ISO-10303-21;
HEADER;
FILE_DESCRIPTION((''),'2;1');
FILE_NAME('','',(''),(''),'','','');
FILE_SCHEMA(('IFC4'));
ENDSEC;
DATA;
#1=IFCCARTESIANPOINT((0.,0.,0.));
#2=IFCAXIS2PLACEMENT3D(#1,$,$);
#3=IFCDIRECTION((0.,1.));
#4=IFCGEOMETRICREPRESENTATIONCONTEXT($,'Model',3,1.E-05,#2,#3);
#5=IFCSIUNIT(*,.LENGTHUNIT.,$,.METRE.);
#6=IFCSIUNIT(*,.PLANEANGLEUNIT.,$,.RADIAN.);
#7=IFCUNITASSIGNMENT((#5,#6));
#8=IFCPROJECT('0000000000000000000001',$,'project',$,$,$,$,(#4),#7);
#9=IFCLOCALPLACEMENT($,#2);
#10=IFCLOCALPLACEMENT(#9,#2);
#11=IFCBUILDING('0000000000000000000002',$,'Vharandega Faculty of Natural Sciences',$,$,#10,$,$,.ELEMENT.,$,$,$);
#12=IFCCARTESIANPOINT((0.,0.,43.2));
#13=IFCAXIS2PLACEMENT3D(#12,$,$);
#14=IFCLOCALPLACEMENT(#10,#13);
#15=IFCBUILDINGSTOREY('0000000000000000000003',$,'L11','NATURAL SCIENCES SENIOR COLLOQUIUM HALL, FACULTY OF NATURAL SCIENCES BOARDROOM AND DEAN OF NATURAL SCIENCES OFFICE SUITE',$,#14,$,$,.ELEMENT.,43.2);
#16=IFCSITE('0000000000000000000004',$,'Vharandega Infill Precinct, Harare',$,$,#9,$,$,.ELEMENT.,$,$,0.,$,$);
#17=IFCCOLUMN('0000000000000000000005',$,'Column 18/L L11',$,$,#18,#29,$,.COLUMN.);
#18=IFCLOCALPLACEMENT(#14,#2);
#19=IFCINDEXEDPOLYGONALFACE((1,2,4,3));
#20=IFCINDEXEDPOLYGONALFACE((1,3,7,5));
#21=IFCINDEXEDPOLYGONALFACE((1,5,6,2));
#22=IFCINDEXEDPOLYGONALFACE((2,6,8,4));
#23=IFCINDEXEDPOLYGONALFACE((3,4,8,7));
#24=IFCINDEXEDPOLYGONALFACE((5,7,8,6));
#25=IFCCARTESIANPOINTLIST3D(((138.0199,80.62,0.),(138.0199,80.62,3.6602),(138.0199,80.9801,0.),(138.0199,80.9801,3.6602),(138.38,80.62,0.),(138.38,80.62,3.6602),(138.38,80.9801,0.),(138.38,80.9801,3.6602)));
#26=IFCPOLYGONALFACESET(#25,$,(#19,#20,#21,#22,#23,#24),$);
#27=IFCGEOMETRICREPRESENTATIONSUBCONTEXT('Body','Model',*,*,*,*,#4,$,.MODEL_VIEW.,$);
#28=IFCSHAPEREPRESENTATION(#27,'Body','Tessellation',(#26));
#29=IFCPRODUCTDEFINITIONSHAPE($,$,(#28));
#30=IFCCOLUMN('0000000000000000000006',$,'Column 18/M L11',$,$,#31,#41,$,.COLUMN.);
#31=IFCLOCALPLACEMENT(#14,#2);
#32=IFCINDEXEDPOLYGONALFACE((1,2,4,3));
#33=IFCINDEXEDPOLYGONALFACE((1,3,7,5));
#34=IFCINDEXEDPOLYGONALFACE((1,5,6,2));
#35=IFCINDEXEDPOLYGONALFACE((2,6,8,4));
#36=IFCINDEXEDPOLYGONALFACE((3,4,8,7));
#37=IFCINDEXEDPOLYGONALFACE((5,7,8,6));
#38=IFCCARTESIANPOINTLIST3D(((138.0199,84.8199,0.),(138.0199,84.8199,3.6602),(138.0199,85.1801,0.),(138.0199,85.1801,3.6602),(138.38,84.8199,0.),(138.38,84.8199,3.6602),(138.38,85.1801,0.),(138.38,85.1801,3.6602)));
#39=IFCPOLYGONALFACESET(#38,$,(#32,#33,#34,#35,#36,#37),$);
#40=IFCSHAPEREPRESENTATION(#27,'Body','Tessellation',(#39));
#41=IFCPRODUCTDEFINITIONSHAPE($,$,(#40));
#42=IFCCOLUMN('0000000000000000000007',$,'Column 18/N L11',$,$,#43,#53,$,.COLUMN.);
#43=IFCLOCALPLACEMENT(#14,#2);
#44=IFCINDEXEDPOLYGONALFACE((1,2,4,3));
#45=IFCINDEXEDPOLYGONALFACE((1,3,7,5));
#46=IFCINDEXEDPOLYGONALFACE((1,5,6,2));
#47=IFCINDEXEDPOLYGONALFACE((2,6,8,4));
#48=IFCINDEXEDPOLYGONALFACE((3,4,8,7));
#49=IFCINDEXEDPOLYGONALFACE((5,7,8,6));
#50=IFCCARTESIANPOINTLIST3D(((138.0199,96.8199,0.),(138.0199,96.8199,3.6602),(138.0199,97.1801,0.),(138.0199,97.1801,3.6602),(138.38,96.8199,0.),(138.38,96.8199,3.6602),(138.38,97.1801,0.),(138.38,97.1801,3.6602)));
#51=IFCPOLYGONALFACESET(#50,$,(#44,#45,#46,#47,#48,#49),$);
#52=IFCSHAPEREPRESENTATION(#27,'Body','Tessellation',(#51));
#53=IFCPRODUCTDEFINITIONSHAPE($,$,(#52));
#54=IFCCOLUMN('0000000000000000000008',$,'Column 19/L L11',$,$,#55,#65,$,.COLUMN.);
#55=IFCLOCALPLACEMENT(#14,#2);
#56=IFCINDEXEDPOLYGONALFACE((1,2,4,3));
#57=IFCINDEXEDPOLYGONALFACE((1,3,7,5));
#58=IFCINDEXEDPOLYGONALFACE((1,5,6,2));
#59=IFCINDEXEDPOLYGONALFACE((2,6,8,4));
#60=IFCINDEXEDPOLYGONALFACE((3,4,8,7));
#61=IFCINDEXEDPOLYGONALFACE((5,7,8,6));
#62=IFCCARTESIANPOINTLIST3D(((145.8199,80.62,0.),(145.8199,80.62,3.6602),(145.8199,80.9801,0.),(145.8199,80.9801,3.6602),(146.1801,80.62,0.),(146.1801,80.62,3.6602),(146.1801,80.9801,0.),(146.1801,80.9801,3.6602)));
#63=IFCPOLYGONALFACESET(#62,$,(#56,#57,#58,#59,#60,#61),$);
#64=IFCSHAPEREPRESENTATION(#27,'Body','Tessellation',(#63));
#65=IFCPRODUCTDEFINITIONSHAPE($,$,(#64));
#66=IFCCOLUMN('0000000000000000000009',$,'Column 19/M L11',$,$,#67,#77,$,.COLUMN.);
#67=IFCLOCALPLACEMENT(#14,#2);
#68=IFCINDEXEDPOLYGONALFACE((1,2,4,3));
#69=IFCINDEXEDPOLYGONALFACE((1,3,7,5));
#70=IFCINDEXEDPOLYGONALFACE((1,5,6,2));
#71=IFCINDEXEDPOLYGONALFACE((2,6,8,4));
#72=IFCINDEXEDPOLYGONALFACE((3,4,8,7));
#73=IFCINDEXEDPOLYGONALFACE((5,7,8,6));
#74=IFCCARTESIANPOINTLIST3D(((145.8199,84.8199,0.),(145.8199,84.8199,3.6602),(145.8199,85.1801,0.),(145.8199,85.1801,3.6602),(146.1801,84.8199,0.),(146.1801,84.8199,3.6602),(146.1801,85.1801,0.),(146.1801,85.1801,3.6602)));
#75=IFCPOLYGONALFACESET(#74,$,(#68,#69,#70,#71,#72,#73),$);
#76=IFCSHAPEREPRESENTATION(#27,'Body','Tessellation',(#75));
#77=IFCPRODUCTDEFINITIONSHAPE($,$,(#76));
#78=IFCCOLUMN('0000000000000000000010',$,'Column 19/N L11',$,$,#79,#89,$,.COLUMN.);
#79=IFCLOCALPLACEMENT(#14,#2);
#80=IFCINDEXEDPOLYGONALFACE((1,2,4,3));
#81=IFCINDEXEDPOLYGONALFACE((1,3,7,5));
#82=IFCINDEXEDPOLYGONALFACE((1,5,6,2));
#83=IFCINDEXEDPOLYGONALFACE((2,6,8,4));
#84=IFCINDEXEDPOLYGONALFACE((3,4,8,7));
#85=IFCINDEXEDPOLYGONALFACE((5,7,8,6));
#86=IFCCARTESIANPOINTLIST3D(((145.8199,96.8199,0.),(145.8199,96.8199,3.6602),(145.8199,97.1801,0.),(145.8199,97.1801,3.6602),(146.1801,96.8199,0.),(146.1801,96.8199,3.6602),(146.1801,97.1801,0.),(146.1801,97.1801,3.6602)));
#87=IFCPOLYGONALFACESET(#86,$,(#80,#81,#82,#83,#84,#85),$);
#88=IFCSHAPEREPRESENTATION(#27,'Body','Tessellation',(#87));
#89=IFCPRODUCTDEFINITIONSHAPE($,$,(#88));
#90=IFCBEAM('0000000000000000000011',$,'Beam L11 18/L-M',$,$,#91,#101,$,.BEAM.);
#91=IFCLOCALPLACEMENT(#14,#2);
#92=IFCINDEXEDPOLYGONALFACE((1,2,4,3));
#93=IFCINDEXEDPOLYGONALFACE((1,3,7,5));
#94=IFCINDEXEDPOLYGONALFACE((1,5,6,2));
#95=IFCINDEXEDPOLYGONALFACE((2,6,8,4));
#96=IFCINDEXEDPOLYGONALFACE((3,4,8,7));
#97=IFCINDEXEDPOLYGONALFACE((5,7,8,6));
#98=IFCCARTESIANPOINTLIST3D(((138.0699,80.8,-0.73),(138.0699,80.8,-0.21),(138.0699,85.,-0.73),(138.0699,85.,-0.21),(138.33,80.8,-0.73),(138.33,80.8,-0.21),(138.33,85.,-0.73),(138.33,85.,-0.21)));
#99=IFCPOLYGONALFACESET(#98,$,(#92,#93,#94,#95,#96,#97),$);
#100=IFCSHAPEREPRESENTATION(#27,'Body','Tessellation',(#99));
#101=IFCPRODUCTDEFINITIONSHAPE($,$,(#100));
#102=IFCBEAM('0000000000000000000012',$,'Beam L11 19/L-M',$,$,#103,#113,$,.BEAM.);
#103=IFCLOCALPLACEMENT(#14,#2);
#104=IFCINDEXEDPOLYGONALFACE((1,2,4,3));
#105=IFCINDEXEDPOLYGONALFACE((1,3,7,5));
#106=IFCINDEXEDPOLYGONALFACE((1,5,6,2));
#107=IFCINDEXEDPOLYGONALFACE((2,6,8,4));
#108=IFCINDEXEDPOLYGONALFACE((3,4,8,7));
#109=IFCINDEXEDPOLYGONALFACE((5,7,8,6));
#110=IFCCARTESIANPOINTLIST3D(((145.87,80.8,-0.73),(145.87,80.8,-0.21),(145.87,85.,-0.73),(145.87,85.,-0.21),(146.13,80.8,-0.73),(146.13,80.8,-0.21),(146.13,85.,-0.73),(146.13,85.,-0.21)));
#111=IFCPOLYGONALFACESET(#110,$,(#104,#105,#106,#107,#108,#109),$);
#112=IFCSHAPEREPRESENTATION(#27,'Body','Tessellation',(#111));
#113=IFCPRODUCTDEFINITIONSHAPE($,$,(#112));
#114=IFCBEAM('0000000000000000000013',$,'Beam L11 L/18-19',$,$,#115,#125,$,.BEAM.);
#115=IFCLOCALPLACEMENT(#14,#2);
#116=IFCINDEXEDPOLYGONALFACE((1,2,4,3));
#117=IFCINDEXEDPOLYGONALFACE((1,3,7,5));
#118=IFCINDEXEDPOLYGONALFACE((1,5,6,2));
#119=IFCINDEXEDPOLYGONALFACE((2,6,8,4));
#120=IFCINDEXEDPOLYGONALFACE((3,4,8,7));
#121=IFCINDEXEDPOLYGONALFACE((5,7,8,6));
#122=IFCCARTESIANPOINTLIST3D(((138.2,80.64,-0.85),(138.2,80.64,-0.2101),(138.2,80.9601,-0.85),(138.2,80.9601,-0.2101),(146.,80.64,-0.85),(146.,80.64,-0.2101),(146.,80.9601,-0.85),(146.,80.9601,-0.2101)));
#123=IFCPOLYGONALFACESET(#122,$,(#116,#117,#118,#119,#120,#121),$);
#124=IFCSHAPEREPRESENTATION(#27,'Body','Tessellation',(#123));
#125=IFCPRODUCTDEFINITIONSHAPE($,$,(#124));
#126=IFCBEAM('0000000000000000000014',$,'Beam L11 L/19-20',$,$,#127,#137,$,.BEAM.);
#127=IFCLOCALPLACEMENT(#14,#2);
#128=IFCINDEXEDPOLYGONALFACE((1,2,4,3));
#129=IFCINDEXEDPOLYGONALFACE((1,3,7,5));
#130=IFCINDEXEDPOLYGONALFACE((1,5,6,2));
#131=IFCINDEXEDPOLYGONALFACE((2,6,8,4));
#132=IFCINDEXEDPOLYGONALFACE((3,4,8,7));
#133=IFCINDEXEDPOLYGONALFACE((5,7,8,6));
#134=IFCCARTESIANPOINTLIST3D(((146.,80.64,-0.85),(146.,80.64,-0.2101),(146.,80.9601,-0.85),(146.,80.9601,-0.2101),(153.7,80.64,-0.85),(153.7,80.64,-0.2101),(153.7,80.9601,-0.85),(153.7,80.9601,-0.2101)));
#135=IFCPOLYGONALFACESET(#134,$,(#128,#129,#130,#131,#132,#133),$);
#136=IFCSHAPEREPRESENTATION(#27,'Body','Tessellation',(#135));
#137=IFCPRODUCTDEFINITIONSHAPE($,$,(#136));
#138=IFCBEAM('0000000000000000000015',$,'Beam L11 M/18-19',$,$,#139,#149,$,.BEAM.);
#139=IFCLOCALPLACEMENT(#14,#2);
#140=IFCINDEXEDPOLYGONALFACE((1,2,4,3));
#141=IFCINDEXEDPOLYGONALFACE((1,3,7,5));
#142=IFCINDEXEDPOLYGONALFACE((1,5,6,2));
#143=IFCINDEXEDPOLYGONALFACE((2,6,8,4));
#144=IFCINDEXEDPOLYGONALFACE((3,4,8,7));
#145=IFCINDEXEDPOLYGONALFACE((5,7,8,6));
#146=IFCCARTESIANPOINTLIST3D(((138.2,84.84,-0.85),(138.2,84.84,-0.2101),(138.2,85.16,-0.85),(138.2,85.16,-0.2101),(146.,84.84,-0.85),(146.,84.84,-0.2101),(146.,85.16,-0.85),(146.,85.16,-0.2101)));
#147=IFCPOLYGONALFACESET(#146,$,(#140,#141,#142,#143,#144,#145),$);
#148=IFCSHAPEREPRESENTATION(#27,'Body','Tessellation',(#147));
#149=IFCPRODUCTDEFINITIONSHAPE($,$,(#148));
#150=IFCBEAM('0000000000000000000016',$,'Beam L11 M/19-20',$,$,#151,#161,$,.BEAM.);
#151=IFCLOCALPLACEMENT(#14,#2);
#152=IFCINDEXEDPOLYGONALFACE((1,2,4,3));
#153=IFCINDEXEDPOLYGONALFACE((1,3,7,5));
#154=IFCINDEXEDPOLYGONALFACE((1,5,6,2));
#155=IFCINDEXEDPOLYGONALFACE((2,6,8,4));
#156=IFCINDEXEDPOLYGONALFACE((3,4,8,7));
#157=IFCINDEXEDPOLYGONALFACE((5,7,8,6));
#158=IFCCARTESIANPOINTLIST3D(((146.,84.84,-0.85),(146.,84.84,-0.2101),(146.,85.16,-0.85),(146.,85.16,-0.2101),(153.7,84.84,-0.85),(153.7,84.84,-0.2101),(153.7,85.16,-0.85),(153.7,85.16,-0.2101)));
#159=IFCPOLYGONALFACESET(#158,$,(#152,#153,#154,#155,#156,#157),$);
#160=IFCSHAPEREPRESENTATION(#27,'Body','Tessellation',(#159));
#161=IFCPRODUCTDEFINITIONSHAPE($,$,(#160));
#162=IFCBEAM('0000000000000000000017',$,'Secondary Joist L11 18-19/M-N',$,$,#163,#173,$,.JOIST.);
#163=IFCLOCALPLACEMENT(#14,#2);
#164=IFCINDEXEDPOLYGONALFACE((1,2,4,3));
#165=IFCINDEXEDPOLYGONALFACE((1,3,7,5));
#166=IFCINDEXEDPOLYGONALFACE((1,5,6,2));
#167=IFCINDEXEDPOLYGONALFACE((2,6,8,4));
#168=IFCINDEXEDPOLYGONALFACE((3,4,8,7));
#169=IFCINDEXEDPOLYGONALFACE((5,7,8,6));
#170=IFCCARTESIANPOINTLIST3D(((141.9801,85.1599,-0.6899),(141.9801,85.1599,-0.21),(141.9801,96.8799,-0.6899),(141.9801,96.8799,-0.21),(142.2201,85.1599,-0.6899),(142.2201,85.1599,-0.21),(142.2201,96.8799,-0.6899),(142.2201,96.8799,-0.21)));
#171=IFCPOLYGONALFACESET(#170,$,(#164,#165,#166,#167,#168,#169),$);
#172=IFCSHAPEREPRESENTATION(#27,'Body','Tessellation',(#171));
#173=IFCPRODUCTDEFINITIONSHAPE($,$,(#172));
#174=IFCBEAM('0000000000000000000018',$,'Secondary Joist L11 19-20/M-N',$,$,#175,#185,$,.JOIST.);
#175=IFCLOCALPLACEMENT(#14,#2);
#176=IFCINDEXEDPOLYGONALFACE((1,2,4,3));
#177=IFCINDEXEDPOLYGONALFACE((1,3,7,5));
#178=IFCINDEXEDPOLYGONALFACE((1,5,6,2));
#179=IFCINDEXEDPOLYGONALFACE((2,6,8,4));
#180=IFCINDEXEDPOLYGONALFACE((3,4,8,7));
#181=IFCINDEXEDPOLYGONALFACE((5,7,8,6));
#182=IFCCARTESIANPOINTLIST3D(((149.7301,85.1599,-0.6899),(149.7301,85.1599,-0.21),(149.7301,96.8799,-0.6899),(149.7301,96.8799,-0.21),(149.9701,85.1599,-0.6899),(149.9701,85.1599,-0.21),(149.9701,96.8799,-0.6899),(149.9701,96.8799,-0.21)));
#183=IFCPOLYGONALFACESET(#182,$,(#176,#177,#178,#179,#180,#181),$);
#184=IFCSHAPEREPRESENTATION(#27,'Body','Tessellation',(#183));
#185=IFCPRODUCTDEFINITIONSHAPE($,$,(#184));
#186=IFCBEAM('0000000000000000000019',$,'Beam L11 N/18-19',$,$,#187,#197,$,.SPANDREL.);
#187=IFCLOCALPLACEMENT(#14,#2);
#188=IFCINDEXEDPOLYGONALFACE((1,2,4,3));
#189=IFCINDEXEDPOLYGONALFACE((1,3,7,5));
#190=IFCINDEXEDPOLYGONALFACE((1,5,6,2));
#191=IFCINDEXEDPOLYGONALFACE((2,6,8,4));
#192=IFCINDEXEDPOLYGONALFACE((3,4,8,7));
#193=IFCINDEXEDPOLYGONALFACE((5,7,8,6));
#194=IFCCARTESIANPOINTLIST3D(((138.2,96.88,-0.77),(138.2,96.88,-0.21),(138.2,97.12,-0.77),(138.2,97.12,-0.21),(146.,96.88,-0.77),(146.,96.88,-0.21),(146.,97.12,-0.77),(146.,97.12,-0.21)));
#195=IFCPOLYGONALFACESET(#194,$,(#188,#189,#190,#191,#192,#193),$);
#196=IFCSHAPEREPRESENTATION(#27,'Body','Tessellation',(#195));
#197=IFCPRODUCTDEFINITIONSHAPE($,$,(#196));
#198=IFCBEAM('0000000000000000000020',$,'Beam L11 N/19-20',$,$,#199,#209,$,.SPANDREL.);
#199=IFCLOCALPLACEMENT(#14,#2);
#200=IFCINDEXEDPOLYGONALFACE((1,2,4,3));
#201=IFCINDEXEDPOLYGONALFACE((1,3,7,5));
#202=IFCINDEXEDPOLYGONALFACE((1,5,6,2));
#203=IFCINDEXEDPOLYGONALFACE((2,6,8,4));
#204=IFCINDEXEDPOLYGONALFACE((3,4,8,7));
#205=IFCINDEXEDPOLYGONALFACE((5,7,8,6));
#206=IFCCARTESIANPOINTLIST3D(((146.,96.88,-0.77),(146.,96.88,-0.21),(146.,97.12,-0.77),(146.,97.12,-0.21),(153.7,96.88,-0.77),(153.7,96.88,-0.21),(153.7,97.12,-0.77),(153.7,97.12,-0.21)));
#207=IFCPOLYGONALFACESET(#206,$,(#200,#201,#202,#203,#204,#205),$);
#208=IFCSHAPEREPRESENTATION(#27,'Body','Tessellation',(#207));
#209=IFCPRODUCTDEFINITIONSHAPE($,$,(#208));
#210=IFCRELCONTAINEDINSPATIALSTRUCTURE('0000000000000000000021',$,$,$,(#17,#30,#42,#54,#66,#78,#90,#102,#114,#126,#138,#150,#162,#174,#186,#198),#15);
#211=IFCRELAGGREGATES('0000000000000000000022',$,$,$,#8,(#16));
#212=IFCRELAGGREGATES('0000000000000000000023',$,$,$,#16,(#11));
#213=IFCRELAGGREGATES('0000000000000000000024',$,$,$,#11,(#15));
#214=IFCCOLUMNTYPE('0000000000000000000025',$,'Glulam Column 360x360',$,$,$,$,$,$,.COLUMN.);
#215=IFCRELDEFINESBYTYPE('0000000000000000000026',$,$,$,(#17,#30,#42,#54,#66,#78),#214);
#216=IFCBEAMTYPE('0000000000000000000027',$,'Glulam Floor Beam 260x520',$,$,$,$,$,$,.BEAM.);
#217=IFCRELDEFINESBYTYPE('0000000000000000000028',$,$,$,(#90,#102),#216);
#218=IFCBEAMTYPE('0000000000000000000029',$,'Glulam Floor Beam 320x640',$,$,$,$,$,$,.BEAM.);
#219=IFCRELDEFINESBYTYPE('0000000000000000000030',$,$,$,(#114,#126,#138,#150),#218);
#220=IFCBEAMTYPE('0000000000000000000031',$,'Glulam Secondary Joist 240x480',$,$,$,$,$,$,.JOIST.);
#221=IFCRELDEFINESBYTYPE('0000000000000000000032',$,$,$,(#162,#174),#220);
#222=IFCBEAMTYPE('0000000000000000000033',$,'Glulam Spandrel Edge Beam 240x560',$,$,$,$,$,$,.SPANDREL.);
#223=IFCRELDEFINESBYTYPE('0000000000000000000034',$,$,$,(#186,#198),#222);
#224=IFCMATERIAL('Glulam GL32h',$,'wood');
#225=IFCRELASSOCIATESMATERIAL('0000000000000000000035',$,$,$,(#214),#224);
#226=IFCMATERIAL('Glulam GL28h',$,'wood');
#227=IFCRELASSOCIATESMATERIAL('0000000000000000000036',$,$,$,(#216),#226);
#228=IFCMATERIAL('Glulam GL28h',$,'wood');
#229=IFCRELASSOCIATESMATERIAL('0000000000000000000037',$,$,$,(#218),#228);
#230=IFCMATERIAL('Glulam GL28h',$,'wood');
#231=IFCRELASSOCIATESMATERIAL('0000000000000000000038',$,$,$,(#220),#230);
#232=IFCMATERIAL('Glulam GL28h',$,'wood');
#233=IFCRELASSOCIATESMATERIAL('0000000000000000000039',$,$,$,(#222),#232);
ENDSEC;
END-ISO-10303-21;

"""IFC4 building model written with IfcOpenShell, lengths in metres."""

from ifc_helpers import new_model, si_unit, direction, frame, origin, origin_2d, place, context, subcontext, project, spatial, rectangle, extrude, material, material_profile, profile_set, type_object, element, save


model = new_model("IFC4")

# Units and contexts
model_context = context("Model", 3, precision=1e-05, world=origin(), true_north=direction((0.0, 1.0)))
body_context = subcontext(model_context, "Body", "Model", "MODEL_VIEW")
ifc_project = project(units=[si_unit("LENGTHUNIT", "METRE"), si_unit("PLANEANGLEUNIT", "RADIAN")], contexts=[model_context])

# Site, building, storey
site_placement = place(None, origin())
site = spatial("IfcSite", under=ifc_project, at=site_placement, Name="Vharandega Infill Precinct, Harare", CompositionType="ELEMENT", RefElevation=0.0)
building_placement = place(site_placement, origin())
building = spatial("IfcBuilding", under=site, at=building_placement, Name="Vharandega Faculty of Natural Sciences", CompositionType="ELEMENT")
storey_placement = place(building_placement, frame((0.0, 0.0, 43.2)))
storey = spatial("IfcBuildingStorey", under=building, at=storey_placement, Name="L11", Description="NATURAL SCIENCES SENIOR COLLOQUIUM HALL, FACULTY OF NATURAL SCIENCES BOARDROOM AND DEAN OF NATURAL SCIENCES OFFICE SUITE", CompositionType="ELEMENT", Elevation=43.2)

# Columns
ifc_material_1 = material(Name="Glulam GL32h", Category="wood")
ifc_material_profile_1 = material_profile(ifc_material_1, rectangle(XDim=0.3601, YDim=0.3601, at=origin_2d()), Name="GL32h 360x360")
ifc_profile_set_1 = profile_set([ifc_material_profile_1], Name="Glulam GL32h")
column_type = type_object("IfcColumnType", Name="Glulam Column 360x360", PredefinedType="COLUMN", material=ifc_profile_set_1)
for number, where, z_axis, x_axis, name in (
    (1, (138.2, 80.8, 0.0), (0.0, 0.0, 1.0), (1.0, 0.0, 0.0), "Column 18/L L11"),
    (2, (138.2, 85.0, 0.0), (0.0, 0.0, 1.0), (1.0, 0.0, 0.0), "Column 18/M L11"),
    (3, (138.2, 97.0, 0.0), (0.0, 0.0, 1.0), (1.0, 0.0, 0.0), "Column 18/N L11"),
    (4, (146.0, 80.8, 0.0), (0.0, 0.0, 1.0), (1.0, 0.0, 0.0), "Column 19/L L11"),
    (5, (146.0, 85.0, 0.0), (0.0, 0.0, 1.0), (1.0, 0.0, 0.0), "Column 19/M L11"),
    (6, (146.0, 97.0, 0.0), (0.0, 0.0, 1.0), (1.0, 0.0, 0.0), "Column 19/N L11"),
):
    element("IfcColumn", number, at=place(storey_placement, frame(where, z_axis=z_axis, x_axis=x_axis)), inside=storey, type_object=column_type, Name=name, PredefinedType="COLUMN", context=body_context, shape_type="SweptSolid", body=[
        extrude(rectangle(XDim=0.3601, YDim=0.3601, at=origin_2d()), origin(), (0.0, 0.0, 1.0), 3.6602),
    ])

# Beams
ifc_material_2 = material(Name="Glulam GL28h", Category="wood")
ifc_material_profile_2 = material_profile(ifc_material_2, rectangle(XDim=0.26, YDim=0.52, at=origin_2d()), Name="GL28h 260x520")
ifc_profile_set_2 = profile_set([ifc_material_profile_2], Name="Glulam GL28h")
beam_type_1 = type_object("IfcBeamType", Name="Glulam Floor Beam 260x520", PredefinedType="BEAM", material=ifc_profile_set_2)
for number, where, z_axis, x_axis, name in (
    (7, (138.2, 80.8, -0.47), (0.0, 1.0, 0.0), (-1.0, 0.0, 0.0), "Beam L11 18/L-M"),
    (8, (146.0, 80.8, -0.47), (0.0, 1.0, 0.0), (-1.0, 0.0, 0.0), "Beam L11 19/L-M"),
):
    element("IfcBeam", number, at=place(storey_placement, frame(where, z_axis=z_axis, x_axis=x_axis)), inside=storey, type_object=beam_type_1, Name=name, PredefinedType="BEAM", context=body_context, shape_type="SweptSolid", body=[
        extrude(rectangle(XDim=0.26, YDim=0.52, at=origin_2d()), origin(), (0.0, 0.0, 1.0), 4.2),
    ])
ifc_material_3 = material(Name="Glulam GL28h", Category="wood")
ifc_material_profile_3 = material_profile(ifc_material_3, rectangle(XDim=0.3201, YDim=0.6399, at=origin_2d()), Name="GL28h 320x640")
ifc_profile_set_3 = profile_set([ifc_material_profile_3], Name="Glulam GL28h")
beam_type_2 = type_object("IfcBeamType", Name="Glulam Floor Beam 320x640", PredefinedType="BEAM", material=ifc_profile_set_3)
beam_1_placement = place(storey_placement, frame((138.2, 80.8, -0.53), z_axis=(1.0, 0.0, 0.0), x_axis=(0.0, 1.0, 0.0)))
element("IfcBeam", 9, at=beam_1_placement, inside=storey, type_object=beam_type_2, Name="Beam L11 L/18-19", PredefinedType="BEAM", context=body_context, shape_type="SweptSolid", body=[
    extrude(rectangle(XDim=0.3201, YDim=0.6399, at=origin_2d()), origin(), (0.0, 0.0, 1.0), 7.8),
])
beam_2_placement = place(storey_placement, frame((146.0, 80.8, -0.53), z_axis=(1.0, 0.0, 0.0), x_axis=(0.0, 1.0, 0.0)))
element("IfcBeam", 10, at=beam_2_placement, inside=storey, type_object=beam_type_2, Name="Beam L11 L/19-20", PredefinedType="BEAM", context=body_context, shape_type="SweptSolid", body=[
    extrude(rectangle(XDim=0.3201, YDim=0.6399, at=origin_2d()), origin(), (0.0, 0.0, 1.0), 7.7),
])
beam_3_placement = place(storey_placement, frame((138.2, 85.0, -0.53), z_axis=(1.0, 0.0, 0.0), x_axis=(0.0, 1.0, 0.0)))
element("IfcBeam", 11, at=beam_3_placement, inside=storey, type_object=beam_type_2, Name="Beam L11 M/18-19", PredefinedType="BEAM", context=body_context, shape_type="SweptSolid", body=[
    extrude(rectangle(XDim=0.3201, YDim=0.6399, at=origin_2d()), origin(), (0.0, 0.0, 1.0), 7.8),
])
beam_4_placement = place(storey_placement, frame((146.0, 85.0, -0.53), z_axis=(1.0, 0.0, 0.0), x_axis=(0.0, 1.0, 0.0)))
element("IfcBeam", 12, at=beam_4_placement, inside=storey, type_object=beam_type_2, Name="Beam L11 M/19-20", PredefinedType="BEAM", context=body_context, shape_type="SweptSolid", body=[
    extrude(rectangle(XDim=0.3201, YDim=0.6399, at=origin_2d()), origin(), (0.0, 0.0, 1.0), 7.7),
])
ifc_material_4 = material(Name="Glulam GL28h", Category="wood")
ifc_material_profile_4 = material_profile(ifc_material_4, rectangle(XDim=0.24, YDim=0.48, at=origin_2d()), Name="GL28h 240x480")
ifc_profile_set_4 = profile_set([ifc_material_profile_4], Name="Glulam GL28h")
beam_type_3 = type_object("IfcBeamType", Name="Glulam Secondary Joist 240x480", PredefinedType="JOIST", material=ifc_profile_set_4)
for number, where, z_axis, x_axis, name in (
    (13, (142.1001, 85.1599, -0.45), (0.0, 1.0, 0.0), (-1.0, 0.0, 0.0), "Secondary Joist L11 18-19/M-N"),
    (14, (149.8501, 85.1599, -0.45), (0.0, 1.0, 0.0), (-1.0, 0.0, 0.0), "Secondary Joist L11 19-20/M-N"),
):
    element("IfcBeam", number, at=place(storey_placement, frame(where, z_axis=z_axis, x_axis=x_axis)), inside=storey, type_object=beam_type_3, Name=name, PredefinedType="JOIST", context=body_context, shape_type="SweptSolid", body=[
        extrude(rectangle(XDim=0.24, YDim=0.48, at=origin_2d()), origin(), (0.0, 0.0, 1.0), 11.72),
    ])
ifc_material_5 = material(Name="Glulam GL28h", Category="wood")
ifc_material_profile_5 = material_profile(ifc_material_5, rectangle(XDim=0.24, YDim=0.5601, at=origin_2d()), Name="GL28h 240x560")
ifc_profile_set_5 = profile_set([ifc_material_profile_5], Name="Glulam GL28h")
beam_type_4 = type_object("IfcBeamType", Name="Glulam Spandrel Edge Beam 240x560", PredefinedType="SPANDREL", material=ifc_profile_set_5)
beam_5_placement = place(storey_placement, frame((138.2, 97.0, -0.49), z_axis=(1.0, 0.0, 0.0), x_axis=(0.0, 1.0, 0.0)))
element("IfcBeam", 15, at=beam_5_placement, inside=storey, type_object=beam_type_4, Name="Beam L11 N/18-19", PredefinedType="SPANDREL", context=body_context, shape_type="SweptSolid", body=[
    extrude(rectangle(XDim=0.24, YDim=0.5601, at=origin_2d()), origin(), (0.0, 0.0, 1.0), 7.8),
])
beam_6_placement = place(storey_placement, frame((146.0, 97.0, -0.49), z_axis=(1.0, 0.0, 0.0), x_axis=(0.0, 1.0, 0.0)))
element("IfcBeam", 16, at=beam_6_placement, inside=storey, type_object=beam_type_4, Name="Beam L11 N/19-20", PredefinedType="SPANDREL", context=body_context, shape_type="SweptSolid", body=[
    extrude(rectangle(XDim=0.24, YDim=0.5601, at=origin_2d()), origin(), (0.0, 0.0, 1.0), 7.7),
])

save(model, "model.ifc")
